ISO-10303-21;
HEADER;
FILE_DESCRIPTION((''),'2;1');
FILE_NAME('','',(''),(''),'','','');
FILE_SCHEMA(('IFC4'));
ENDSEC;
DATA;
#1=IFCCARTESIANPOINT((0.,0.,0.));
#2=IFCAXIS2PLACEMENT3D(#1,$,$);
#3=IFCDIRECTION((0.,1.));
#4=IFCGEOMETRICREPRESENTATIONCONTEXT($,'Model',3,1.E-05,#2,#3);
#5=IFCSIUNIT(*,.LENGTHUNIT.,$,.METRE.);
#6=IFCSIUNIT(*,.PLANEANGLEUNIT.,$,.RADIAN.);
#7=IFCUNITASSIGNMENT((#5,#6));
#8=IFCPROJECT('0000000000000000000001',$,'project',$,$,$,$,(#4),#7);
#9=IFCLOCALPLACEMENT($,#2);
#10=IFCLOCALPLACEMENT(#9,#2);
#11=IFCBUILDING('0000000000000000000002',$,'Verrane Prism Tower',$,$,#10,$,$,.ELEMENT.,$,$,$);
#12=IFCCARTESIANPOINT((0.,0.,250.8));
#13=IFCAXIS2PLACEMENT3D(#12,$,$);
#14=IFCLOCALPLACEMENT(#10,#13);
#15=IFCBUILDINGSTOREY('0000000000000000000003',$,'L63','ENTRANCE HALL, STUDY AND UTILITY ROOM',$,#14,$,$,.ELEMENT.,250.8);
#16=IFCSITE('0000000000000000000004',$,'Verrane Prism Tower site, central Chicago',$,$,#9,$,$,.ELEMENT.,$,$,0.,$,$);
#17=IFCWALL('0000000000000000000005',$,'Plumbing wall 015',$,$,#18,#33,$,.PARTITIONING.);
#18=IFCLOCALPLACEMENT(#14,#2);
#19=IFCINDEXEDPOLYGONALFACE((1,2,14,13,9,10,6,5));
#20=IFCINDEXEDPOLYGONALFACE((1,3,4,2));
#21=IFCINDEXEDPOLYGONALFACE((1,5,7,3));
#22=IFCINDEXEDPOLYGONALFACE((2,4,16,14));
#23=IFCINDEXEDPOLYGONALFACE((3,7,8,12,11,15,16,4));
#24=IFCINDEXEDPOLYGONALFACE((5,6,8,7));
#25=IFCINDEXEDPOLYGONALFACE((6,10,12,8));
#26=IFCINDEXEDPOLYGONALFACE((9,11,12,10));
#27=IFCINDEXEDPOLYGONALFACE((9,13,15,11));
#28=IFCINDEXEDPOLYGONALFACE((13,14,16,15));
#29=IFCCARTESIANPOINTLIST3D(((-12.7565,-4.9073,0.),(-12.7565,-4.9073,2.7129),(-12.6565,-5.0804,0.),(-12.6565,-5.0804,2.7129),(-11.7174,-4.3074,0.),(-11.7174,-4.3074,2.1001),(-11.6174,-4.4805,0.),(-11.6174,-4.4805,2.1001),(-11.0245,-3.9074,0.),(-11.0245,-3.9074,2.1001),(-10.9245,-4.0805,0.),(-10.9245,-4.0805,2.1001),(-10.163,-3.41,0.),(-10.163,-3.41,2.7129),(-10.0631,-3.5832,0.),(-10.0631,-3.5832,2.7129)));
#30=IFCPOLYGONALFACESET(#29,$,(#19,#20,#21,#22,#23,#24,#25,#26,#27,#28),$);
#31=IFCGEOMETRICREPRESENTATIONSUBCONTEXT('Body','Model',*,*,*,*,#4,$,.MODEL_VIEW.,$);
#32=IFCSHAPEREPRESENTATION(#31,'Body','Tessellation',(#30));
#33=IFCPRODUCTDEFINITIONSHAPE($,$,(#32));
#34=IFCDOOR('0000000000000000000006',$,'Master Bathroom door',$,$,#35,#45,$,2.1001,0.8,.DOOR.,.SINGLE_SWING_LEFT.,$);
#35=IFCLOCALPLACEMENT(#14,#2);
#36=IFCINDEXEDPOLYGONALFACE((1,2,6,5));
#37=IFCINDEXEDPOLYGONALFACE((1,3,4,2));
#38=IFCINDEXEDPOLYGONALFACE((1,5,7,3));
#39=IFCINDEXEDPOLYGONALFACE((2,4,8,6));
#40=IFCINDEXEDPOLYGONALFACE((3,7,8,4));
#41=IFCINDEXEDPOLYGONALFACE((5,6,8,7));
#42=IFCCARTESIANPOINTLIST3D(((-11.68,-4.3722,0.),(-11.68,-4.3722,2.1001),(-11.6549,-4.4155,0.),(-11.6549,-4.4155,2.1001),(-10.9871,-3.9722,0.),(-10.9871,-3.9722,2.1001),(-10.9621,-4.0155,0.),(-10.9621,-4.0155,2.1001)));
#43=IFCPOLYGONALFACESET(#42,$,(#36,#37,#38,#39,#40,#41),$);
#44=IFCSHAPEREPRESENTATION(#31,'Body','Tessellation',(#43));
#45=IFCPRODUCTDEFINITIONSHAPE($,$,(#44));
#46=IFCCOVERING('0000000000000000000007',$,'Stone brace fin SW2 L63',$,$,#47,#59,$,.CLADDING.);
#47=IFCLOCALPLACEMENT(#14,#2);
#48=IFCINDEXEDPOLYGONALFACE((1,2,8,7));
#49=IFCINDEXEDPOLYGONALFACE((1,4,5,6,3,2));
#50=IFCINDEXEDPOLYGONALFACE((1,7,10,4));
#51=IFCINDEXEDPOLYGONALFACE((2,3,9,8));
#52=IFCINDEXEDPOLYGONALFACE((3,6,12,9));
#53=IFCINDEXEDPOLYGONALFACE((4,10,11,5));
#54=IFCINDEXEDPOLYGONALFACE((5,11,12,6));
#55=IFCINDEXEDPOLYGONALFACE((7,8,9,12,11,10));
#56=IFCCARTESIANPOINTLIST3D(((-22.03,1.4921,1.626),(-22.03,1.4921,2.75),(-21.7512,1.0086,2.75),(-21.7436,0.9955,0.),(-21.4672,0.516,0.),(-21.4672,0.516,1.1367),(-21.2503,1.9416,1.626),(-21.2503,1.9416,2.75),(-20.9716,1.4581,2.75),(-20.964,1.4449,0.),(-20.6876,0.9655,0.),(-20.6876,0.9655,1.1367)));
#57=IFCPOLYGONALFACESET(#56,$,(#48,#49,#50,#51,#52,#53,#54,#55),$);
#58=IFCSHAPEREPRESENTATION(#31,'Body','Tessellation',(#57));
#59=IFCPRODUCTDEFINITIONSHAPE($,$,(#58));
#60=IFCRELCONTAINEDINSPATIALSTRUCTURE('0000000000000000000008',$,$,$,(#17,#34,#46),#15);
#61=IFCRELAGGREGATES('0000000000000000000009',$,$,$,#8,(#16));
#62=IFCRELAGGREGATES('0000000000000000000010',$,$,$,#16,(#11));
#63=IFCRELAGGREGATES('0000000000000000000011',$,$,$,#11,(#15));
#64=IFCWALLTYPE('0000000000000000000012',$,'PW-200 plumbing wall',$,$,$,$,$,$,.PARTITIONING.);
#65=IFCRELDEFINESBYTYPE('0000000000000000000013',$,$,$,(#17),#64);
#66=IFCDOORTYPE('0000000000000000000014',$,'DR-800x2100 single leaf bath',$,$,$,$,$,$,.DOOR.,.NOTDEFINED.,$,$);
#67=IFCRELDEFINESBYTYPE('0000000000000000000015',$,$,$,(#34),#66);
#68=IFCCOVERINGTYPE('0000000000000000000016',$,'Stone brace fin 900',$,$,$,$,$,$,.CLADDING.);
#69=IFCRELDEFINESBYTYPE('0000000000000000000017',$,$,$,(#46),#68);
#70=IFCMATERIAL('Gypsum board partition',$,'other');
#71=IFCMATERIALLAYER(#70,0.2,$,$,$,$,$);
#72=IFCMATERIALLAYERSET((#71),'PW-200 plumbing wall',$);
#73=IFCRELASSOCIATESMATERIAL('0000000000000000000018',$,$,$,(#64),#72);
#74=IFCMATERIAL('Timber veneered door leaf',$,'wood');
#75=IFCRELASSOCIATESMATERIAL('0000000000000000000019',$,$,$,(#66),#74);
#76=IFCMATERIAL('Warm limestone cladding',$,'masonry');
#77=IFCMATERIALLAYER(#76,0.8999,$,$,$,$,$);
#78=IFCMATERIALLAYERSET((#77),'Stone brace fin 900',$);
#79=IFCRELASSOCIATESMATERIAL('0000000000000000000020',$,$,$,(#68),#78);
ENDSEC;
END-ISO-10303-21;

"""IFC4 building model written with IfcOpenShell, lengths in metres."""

from ifc_helpers import new_model, si_unit, direction, frame, frame_2d, origin, place, context, subcontext, project, spatial, polyline, rectangle, outline, extrude, material, layer, layer_set, type_object, element, fill, save


model = new_model("IFC4")

# Units and contexts
model_context = context("Model", 3, precision=1e-05, world=origin(), true_north=direction((0.0, 1.0)))
body_context = subcontext(model_context, "Body", "Model", "MODEL_VIEW")
ifc_project = project(units=[si_unit("LENGTHUNIT", "METRE"), si_unit("PLANEANGLEUNIT", "RADIAN")], contexts=[model_context])

# Site, building, storey
site_placement = place(None, origin())
site = spatial("IfcSite", under=ifc_project, at=site_placement, Name="Verrane Prism Tower site, central Chicago", CompositionType="ELEMENT", RefElevation=0.0)
building_placement = place(site_placement, origin())
building = spatial("IfcBuilding", under=site, at=building_placement, Name="Verrane Prism Tower", CompositionType="ELEMENT")
storey_placement = place(building_placement, frame((0.0, 0.0, 250.8)))
storey = spatial("IfcBuildingStorey", under=building, at=storey_placement, Name="L63", Description="ENTRANCE HALL, STUDY AND UTILITY ROOM", CompositionType="ELEMENT", Elevation=250.8)

# Shared definitions
ifc_material_1 = material(Name="Gypsum board partition", Category="other")
ifc_layer_1 = layer(ifc_material_1, 0.2)
ifc_layer_set_1 = layer_set([ifc_layer_1], Name="PW-200 plumbing wall")
wall_type_1 = type_object("IfcWallType", Name="PW-200 plumbing wall", PredefinedType="PARTITIONING", material=ifc_layer_set_1)

# Shared definitions
ifc_material_2 = material(Name="Timber veneered door leaf", Category="wood")
door_type = type_object("IfcDoorType", Name="DR-800x2100 single leaf bath", OperationType="NOTDEFINED", PredefinedType="DOOR", material=ifc_material_2)

# Wall, opening, door
wall_1_placement = place(storey_placement, frame((-10.113, -3.4966, 0.0), z_axis=(0.0, 0.0, 1.0), x_axis=(-0.866032, -0.499988, 0.0)))
wall_1 = element("IfcWall", 1, at=wall_1_placement, inside=storey, type_object=wall_type_1, Name="Plumbing wall 015", PredefinedType="PARTITIONING", context=body_context, shape_type="SweptSolid", body=[
    extrude(rectangle(XDim=2.9946, YDim=0.2, at=frame_2d((1.4973, 0.0))), origin(), (0.0, 0.0, 1.0), 2.7129),
])
opening_1_placement = place(wall_1_placement, frame((0.9949, 0.0, 0.0)))
opening_1 = element("IfcOpeningElement", 2, at=opening_1_placement, cuts=wall_1, PredefinedType="OPENING", context=body_context, shape_type="SweptSolid", body=[
    extrude(rectangle(XDim=0.8, YDim=2.1001, at=frame_2d((0.3999, 1.05))), frame((0.0, 0.1099, 0.0), z_axis=(0.0, -1.0, 0.0), x_axis=(1.0, 0.0, 0.0)), (0.0, 0.0, 1.0), 0.22),
])
door_1_placement = place(opening_1_placement, origin())
door_1 = element("IfcDoor", 3, at=door_1_placement, inside=storey, type_object=door_type, Name="Master Bathroom door", OperationType="SINGLE_SWING_LEFT", OverallHeight=2.1001, OverallWidth=0.8, PredefinedType="DOOR", context=body_context, shape_type="SweptSolid", body=[
    extrude(rectangle(XDim=0.8, YDim=2.1001, at=frame_2d((0.3999, 1.05))), frame((0.0, 0.0249, 0.0), z_axis=(0.0, -1.0, 0.0), x_axis=(1.0, 0.0, 0.0)), (0.0, 0.0, 1.0), 0.05),
])
fill(opening_1, door_1)

# Covering
ifc_material_3 = material(Name="Warm limestone cladding", Category="masonry")
ifc_layer_2 = layer(ifc_material_3, 0.8999)
ifc_layer_set_2 = layer_set([ifc_layer_2], Name="Stone brace fin 900")
covering_type = type_object("IfcCoveringType", Name="Stone brace fin 900", PredefinedType="CLADDING", material=ifc_layer_set_2)
covering_placement = place(storey_placement, frame((-21.0774, 0.7407, 0.0), z_axis=(0.0, 0.0, 1.0), x_axis=(-0.499472, 0.86633, 0.0)))
element("IfcCovering", 4, at=covering_placement, inside=storey, type_object=covering_type, Name="Stone brace fin SW2 L63", PredefinedType="CLADDING", context=body_context, shape_type="SweptSolid", body=[
    extrude(outline(polyline([(1.1267, 2.75), (0.5686, 2.75), (0.0, 1.1367), (0.0, 0.0), (0.5535, 0.0), (1.1267, 1.626), (1.1267, 2.75)])), frame((0.0, 0.45, 0.0), z_axis=(0.0, -1.0, 0.0), x_axis=(1.0, 0.0, 0.0)), (0.0, 0.0, 1.0), 0.8999),
])

save(model, "model.ifc")
